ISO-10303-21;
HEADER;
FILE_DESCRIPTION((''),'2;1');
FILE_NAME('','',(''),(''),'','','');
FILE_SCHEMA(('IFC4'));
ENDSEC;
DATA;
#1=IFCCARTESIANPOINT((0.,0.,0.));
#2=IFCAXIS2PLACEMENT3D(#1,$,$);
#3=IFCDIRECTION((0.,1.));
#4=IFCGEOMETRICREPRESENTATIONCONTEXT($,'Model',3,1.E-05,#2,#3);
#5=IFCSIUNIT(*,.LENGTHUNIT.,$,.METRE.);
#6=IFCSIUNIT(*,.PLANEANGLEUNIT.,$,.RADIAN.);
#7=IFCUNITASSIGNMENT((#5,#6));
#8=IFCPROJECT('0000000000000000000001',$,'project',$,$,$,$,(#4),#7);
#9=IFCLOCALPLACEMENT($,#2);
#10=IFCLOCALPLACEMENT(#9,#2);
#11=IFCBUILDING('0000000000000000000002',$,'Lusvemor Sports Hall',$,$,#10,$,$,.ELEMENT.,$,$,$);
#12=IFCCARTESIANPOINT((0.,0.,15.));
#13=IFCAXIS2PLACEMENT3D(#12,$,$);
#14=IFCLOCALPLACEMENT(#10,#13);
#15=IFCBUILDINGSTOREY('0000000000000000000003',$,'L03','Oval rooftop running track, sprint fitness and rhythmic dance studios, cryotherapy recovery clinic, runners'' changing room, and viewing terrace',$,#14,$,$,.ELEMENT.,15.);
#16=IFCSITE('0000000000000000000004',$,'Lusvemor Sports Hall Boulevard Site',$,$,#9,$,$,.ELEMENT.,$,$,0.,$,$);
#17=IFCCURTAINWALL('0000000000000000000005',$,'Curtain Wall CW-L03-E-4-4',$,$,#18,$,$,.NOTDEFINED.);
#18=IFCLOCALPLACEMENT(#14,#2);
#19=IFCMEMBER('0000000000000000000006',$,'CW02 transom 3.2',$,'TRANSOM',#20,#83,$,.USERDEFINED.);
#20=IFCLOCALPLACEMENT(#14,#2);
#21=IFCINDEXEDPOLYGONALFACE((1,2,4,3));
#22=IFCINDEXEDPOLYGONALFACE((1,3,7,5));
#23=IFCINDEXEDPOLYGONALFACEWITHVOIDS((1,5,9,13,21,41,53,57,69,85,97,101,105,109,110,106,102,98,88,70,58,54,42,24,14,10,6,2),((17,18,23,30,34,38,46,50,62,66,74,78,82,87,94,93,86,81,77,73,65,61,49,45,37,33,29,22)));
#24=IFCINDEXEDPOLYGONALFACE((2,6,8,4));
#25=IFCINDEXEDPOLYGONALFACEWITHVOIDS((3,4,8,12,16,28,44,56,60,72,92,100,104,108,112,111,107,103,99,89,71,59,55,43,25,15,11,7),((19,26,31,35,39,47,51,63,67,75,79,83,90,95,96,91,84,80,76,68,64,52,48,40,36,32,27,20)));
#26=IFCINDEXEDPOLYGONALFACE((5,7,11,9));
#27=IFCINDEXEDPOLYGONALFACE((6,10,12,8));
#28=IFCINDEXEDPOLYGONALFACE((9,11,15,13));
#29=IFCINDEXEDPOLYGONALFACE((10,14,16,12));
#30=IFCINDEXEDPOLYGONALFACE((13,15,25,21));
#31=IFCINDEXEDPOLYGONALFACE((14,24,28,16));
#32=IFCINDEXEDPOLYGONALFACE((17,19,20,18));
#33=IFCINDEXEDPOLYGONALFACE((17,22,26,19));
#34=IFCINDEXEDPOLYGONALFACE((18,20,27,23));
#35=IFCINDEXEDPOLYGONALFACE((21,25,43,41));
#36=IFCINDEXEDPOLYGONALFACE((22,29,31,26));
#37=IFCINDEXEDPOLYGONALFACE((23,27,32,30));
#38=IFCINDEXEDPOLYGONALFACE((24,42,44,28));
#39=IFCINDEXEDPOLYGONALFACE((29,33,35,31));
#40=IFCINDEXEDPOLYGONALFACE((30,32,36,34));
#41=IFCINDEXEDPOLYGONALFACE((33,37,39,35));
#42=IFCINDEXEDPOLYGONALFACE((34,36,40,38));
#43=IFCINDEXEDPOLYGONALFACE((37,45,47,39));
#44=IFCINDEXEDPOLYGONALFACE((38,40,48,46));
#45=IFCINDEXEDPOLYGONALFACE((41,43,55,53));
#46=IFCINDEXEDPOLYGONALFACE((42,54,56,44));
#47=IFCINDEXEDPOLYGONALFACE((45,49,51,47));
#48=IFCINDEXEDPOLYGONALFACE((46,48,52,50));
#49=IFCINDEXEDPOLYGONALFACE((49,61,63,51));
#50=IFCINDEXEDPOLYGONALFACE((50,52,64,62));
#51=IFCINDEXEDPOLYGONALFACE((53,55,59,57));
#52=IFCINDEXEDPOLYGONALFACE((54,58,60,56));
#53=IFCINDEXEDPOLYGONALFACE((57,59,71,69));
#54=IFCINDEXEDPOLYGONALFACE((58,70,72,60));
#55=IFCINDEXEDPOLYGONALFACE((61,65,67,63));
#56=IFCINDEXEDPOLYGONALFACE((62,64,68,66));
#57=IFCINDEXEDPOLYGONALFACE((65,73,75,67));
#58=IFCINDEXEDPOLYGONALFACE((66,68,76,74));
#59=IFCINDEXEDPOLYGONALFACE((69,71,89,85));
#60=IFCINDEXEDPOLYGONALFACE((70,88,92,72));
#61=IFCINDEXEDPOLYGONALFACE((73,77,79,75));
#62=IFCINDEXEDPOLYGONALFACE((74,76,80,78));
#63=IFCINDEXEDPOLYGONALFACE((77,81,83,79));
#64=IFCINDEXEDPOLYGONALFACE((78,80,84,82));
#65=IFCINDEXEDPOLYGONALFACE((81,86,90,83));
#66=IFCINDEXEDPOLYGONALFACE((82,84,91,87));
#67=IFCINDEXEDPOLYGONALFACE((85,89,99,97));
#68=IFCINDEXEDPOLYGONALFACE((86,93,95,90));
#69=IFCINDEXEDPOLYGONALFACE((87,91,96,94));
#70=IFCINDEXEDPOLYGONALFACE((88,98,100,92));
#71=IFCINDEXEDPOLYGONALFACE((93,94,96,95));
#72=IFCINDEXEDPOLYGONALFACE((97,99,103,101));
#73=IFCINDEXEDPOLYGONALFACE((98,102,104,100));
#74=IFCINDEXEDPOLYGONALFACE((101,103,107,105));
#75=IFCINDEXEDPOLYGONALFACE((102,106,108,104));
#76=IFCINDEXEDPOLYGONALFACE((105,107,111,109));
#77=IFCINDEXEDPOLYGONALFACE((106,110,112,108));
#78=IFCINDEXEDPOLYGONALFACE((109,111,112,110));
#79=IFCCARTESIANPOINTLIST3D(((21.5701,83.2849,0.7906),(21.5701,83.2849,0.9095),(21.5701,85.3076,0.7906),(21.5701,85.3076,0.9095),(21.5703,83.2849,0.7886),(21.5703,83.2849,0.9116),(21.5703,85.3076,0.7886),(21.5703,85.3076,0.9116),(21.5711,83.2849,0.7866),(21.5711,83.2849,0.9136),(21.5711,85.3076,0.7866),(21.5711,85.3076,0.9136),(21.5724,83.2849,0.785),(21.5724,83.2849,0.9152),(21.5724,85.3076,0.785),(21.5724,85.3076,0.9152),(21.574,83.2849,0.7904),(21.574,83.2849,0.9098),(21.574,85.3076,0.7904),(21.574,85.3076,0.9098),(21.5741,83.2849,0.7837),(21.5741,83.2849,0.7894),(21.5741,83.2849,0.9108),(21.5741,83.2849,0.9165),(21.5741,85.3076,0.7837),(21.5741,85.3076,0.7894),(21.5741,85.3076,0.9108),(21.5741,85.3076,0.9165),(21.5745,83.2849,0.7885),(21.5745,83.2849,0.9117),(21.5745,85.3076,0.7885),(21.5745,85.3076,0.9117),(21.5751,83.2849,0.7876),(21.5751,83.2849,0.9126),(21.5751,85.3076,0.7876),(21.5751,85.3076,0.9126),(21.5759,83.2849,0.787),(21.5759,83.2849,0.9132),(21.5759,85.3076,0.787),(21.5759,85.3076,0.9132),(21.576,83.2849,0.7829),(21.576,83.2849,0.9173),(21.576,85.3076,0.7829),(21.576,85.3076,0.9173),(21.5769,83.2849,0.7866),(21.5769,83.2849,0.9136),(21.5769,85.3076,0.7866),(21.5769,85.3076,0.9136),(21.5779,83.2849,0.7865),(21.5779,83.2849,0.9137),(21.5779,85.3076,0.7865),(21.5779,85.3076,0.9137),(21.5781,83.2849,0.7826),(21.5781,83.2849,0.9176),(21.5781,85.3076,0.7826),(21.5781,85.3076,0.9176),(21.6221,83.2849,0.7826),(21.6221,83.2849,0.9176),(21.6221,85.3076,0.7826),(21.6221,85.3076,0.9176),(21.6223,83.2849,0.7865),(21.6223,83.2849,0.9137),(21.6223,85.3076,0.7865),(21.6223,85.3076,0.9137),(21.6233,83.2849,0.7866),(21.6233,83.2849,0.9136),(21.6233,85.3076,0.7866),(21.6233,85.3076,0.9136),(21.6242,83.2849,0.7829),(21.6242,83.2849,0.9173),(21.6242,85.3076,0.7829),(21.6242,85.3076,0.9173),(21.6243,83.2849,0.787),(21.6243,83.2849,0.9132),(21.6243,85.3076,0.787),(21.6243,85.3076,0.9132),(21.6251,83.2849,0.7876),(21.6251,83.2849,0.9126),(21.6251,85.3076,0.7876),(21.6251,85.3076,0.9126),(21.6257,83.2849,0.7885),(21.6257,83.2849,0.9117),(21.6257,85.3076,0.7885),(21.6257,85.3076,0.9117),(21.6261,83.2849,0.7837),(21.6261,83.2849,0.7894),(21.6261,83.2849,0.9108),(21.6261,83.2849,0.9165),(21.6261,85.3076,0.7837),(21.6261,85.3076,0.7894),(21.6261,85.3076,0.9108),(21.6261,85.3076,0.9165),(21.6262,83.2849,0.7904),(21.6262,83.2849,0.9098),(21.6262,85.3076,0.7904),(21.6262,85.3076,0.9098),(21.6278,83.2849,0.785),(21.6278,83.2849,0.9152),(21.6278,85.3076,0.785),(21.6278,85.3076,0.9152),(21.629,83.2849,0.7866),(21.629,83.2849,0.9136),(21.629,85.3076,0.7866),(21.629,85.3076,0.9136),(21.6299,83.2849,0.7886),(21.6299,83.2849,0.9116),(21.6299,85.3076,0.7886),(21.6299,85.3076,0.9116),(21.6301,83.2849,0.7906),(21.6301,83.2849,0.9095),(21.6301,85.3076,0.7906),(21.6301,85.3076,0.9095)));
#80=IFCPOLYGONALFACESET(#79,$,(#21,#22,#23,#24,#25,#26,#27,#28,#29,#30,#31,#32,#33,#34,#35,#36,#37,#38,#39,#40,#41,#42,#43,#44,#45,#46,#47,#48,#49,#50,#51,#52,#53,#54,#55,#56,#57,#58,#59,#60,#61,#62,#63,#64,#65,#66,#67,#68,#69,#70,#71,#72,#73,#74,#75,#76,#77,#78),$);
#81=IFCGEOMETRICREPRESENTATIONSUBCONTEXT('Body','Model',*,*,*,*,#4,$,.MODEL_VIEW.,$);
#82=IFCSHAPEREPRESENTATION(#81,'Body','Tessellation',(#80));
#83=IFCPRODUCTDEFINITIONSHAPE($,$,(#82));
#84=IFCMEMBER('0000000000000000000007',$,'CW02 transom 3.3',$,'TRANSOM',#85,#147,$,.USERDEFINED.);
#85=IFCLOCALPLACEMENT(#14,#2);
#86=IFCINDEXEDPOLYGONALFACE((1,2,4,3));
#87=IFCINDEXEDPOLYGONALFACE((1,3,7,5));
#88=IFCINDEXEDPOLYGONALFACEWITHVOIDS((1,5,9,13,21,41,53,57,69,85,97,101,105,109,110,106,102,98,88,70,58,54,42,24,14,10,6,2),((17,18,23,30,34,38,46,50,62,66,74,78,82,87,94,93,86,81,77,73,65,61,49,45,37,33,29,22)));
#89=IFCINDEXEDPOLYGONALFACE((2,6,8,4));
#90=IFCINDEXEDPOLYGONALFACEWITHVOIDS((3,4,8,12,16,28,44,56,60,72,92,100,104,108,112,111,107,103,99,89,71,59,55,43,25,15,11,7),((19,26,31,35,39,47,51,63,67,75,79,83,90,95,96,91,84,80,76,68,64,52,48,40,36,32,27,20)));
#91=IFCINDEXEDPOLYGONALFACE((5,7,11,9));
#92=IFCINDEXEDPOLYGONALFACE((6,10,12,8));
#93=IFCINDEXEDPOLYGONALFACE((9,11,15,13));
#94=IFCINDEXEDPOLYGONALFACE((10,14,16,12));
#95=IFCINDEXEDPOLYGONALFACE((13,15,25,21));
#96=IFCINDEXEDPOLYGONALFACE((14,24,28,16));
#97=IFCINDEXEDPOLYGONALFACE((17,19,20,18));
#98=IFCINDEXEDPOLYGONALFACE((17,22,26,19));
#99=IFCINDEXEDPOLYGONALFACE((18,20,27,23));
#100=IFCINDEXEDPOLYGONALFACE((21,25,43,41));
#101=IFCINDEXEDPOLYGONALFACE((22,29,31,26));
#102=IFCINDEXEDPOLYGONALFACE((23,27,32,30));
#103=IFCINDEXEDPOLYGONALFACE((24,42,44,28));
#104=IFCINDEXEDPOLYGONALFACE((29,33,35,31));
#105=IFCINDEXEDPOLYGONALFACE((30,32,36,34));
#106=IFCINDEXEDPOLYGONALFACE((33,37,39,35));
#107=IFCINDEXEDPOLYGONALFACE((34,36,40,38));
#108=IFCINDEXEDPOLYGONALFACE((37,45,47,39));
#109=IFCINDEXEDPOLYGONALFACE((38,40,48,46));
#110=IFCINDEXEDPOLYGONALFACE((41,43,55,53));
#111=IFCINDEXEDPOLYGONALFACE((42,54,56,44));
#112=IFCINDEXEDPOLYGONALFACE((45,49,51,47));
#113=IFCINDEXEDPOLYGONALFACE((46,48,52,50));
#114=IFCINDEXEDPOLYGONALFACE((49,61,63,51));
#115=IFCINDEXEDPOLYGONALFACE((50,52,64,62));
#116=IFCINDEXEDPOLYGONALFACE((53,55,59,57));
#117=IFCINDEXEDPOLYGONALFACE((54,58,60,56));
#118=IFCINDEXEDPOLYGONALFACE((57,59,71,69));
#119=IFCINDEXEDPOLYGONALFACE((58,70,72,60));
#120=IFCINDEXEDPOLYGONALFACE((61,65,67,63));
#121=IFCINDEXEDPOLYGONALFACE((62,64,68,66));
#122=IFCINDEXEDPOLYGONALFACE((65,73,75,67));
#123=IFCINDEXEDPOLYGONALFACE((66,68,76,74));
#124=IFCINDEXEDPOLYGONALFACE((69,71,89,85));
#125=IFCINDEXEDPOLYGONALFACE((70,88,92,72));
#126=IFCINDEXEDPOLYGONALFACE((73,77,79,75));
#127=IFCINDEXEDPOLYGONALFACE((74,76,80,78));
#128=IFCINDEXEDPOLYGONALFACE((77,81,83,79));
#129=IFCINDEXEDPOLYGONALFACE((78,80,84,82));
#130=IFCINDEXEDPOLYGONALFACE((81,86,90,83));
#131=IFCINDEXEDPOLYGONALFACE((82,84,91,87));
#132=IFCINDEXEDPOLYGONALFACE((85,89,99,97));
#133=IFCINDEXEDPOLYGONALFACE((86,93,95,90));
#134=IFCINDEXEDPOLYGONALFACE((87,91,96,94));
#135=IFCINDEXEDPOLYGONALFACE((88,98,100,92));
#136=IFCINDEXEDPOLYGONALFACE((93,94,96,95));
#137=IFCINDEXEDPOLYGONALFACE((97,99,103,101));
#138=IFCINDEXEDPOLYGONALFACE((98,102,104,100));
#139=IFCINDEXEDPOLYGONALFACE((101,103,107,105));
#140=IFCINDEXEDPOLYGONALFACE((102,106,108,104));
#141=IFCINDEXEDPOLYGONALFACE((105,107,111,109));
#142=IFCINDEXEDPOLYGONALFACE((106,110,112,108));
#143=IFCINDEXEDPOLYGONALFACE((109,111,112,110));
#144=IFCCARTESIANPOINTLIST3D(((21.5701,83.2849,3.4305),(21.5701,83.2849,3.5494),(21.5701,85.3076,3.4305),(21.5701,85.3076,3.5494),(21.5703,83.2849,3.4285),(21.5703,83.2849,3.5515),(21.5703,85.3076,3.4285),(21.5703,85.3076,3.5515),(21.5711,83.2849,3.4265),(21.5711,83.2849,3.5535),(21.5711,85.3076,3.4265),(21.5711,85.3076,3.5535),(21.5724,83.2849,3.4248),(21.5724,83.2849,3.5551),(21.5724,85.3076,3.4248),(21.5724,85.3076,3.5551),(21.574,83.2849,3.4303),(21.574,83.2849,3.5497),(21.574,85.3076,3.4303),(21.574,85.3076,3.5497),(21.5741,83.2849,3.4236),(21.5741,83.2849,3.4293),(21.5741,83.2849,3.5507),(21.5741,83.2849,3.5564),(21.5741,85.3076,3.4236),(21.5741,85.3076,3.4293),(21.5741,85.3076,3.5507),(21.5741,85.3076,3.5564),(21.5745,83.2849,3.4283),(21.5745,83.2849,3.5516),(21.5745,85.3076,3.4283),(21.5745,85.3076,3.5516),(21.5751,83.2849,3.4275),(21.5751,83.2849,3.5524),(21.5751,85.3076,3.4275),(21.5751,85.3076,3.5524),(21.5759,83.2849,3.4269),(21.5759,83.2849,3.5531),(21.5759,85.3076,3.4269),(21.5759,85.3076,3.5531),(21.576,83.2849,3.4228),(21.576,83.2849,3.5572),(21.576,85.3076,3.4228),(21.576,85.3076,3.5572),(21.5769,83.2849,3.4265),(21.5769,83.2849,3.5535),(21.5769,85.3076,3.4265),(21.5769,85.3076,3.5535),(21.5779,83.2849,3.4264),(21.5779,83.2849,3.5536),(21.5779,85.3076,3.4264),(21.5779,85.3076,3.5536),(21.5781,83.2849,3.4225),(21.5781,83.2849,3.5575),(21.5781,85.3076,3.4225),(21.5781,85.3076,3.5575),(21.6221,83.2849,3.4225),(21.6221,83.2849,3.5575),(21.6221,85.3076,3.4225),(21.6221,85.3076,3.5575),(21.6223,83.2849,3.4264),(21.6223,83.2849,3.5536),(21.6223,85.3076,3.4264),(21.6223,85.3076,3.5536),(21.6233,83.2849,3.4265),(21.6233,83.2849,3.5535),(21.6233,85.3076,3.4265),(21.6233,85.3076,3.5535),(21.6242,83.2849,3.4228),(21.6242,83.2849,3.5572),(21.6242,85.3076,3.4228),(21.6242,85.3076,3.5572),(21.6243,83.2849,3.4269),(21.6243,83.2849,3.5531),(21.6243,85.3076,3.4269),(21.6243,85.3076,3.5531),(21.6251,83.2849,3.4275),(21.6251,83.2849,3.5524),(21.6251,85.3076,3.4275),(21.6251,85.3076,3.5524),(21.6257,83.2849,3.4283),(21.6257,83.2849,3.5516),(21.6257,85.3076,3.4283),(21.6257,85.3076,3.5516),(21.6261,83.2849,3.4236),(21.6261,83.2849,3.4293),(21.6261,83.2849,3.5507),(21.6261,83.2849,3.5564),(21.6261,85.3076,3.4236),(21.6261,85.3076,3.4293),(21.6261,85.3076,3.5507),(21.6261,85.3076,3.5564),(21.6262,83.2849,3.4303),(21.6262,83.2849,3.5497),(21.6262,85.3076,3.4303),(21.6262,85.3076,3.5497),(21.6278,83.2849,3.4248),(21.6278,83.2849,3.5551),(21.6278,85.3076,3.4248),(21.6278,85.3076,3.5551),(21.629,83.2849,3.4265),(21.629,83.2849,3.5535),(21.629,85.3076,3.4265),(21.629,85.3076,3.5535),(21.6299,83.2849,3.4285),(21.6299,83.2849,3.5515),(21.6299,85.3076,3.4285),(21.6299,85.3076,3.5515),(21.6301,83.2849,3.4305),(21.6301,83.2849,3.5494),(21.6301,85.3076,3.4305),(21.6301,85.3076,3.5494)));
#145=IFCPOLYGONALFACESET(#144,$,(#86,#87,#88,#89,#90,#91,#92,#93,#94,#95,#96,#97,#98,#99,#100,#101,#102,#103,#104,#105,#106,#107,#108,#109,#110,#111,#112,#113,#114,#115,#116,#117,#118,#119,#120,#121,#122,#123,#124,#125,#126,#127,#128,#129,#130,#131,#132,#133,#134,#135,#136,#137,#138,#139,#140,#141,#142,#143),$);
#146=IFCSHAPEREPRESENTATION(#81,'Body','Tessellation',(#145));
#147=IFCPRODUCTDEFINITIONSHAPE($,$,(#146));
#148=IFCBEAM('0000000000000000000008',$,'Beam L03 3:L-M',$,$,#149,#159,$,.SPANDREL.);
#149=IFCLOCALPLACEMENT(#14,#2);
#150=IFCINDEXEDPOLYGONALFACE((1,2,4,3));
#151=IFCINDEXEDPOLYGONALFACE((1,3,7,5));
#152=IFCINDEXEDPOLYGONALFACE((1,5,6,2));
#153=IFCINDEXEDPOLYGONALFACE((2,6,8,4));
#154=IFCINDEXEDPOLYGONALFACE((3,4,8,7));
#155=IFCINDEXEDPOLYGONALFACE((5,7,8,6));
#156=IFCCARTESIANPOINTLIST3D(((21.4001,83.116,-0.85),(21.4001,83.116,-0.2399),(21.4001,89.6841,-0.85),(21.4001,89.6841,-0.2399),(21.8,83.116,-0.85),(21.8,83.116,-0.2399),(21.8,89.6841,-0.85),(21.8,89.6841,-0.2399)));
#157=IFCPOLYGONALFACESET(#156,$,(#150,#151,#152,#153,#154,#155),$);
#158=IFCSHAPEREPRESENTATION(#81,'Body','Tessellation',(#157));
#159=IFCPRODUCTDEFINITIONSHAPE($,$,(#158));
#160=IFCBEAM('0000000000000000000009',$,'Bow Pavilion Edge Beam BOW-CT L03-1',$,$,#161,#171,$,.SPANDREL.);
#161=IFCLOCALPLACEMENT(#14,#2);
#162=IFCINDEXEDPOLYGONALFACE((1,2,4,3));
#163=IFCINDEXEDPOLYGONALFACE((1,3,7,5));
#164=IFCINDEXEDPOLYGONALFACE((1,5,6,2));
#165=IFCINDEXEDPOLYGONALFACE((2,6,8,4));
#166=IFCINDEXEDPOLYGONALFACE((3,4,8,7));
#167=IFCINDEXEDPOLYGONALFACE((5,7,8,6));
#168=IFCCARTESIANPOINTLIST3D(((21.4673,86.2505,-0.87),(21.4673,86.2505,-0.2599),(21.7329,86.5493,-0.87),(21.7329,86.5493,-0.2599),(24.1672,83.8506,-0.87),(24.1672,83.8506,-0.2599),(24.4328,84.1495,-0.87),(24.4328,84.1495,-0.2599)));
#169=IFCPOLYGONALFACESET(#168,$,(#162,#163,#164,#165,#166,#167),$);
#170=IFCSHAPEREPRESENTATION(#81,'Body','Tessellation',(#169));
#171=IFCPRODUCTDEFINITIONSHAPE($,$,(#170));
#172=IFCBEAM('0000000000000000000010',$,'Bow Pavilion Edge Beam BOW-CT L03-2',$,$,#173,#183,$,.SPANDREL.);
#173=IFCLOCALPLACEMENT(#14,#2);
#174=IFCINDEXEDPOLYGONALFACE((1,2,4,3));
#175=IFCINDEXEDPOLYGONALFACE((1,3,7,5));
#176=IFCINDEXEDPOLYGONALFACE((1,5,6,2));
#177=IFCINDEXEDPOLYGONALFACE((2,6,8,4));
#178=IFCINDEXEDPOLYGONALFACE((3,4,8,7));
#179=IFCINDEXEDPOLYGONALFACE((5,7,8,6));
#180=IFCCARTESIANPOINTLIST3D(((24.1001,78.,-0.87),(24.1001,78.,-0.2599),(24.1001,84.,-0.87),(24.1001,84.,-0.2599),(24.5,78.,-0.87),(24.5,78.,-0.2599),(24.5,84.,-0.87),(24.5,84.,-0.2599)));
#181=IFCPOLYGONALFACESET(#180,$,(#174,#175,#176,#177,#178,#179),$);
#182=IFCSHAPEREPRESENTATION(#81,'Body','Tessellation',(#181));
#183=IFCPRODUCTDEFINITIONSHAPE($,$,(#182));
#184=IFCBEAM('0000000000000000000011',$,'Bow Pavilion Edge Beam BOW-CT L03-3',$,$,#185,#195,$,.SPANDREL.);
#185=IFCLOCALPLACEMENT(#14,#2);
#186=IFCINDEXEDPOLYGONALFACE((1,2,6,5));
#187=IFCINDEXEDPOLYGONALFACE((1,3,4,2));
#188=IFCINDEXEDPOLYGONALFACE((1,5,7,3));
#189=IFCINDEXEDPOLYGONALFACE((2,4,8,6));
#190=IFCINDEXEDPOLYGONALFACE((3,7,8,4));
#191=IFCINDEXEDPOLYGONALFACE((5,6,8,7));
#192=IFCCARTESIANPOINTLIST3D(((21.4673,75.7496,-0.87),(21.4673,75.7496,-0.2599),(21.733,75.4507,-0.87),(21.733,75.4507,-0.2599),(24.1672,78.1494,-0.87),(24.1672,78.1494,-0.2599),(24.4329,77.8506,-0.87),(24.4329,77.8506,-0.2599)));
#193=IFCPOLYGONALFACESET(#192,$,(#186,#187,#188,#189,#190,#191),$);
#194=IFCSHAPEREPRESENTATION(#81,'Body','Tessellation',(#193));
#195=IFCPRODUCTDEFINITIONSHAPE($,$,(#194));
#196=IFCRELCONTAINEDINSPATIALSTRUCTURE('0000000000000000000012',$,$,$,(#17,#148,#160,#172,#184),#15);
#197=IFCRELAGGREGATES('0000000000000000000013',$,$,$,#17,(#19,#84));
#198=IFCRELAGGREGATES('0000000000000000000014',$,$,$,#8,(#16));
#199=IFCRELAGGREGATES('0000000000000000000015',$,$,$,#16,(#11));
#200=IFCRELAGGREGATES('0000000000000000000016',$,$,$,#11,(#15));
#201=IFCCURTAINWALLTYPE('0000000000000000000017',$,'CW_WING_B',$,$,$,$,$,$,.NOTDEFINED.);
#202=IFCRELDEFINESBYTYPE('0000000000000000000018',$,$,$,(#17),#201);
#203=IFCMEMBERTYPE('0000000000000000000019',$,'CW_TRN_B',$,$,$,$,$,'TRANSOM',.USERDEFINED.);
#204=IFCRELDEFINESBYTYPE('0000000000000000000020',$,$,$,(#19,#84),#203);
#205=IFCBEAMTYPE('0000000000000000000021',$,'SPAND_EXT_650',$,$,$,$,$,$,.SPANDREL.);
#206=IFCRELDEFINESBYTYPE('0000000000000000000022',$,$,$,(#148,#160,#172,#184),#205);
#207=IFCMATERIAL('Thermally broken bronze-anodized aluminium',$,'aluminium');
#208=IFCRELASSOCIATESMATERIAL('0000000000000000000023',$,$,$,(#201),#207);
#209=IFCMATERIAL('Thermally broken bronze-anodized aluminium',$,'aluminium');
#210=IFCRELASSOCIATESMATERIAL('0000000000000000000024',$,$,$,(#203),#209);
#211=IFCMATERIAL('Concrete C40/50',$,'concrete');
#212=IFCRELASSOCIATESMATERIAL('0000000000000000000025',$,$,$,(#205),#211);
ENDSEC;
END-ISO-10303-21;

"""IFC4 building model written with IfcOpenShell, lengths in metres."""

from ifc_helpers import new_model, si_unit, direction, frame, origin, origin_2d, place, context, subcontext, project, spatial, rectangle, hollow_rectangle, extrude, material, material_profile, profile_set, type_object, element, aggregate, save


model = new_model("IFC4")

# Units and contexts
model_context = context("Model", 3, precision=1e-05, world=origin(), true_north=direction((0.0, 1.0)))
body_context = subcontext(model_context, "Body", "Model", "MODEL_VIEW")
ifc_project = project(units=[si_unit("LENGTHUNIT", "METRE"), si_unit("PLANEANGLEUNIT", "RADIAN")], contexts=[model_context])

# Site, building, storey
site_placement = place(None, origin())
site = spatial("IfcSite", under=ifc_project, at=site_placement, Name="Lusvemor Sports Hall Boulevard Site", CompositionType="ELEMENT", RefElevation=0.0)
building_placement = place(site_placement, origin())
building = spatial("IfcBuilding", under=site, at=building_placement, Name="Lusvemor Sports Hall", CompositionType="ELEMENT")
storey_placement = place(building_placement, frame((0.0, 0.0, 15.0)))
storey = spatial("IfcBuildingStorey", under=building, at=storey_placement, Name="L03", Description="Oval rooftop running track, sprint fitness and rhythmic dance studios, cryotherapy recovery clinic, runners' changing room, and viewing terrace", CompositionType="ELEMENT", Elevation=15.0)

# Shared definitions
ifc_material_1 = material(Name="Thermally broken bronze-anodized aluminium", Category="aluminium")
curtain_wall_type = type_object("IfcCurtainWallType", Name="CW_WING_B", PredefinedType="NOTDEFINED", material=ifc_material_1)

# Curtain wall
curtain_wall_1_placement = place(storey_placement, origin())
curtain_wall_1 = element("IfcCurtainWall", 1, at=curtain_wall_1_placement, inside=storey, type_object=curtain_wall_type, Name="Curtain Wall CW-L03-E-4-4", PredefinedType="NOTDEFINED")

# Members
ifc_material_2 = material(Name="Thermally broken bronze-anodized aluminium", Category="aluminium")
ifc_material_profile_1 = material_profile(ifc_material_2, hollow_rectangle(XDim=0.0601, YDim=0.135, WallThickness=0.0039, InnerFilletRadius=0.0039, OuterFilletRadius=0.0081, at=origin_2d()), Name="CWTRN135x60x4")
ifc_profile_set_1 = profile_set([ifc_material_profile_1], Name="Thermally broken bronze-anodized aluminium")
member_type_1 = type_object("IfcMemberType", Name="CW_TRN_B", ElementType="TRANSOM", PredefinedType="USERDEFINED", material=ifc_profile_set_1)
member_1_placement = place(storey_placement, frame((21.6001, 85.3076, 0.8501), z_axis=(0.0, -1.0, 0.0), x_axis=(1.0, 0.0, 0.0)))
member_1 = element("IfcMember", 2, at=member_1_placement, type_object=member_type_1, Name="CW02 transom 3.2", ObjectType="TRANSOM", PredefinedType="USERDEFINED", context=body_context, shape_type="SweptSolid", body=[
    extrude(hollow_rectangle(XDim=0.0601, YDim=0.135, WallThickness=0.0039, InnerFilletRadius=0.0039, OuterFilletRadius=0.0081, at=origin_2d()), origin(), (0.0, 0.0, 1.0), 2.0227),
])
member_2_placement = place(storey_placement, frame((21.6001, 85.3076, 3.49), z_axis=(0.0, -1.0, 0.0), x_axis=(1.0, 0.0, 0.0)))
member_2 = element("IfcMember", 3, at=member_2_placement, type_object=member_type_1, Name="CW02 transom 3.3", ObjectType="TRANSOM", PredefinedType="USERDEFINED", context=body_context, shape_type="SweptSolid", body=[
    extrude(hollow_rectangle(XDim=0.0601, YDim=0.135, WallThickness=0.0039, InnerFilletRadius=0.0039, OuterFilletRadius=0.0081, at=origin_2d()), origin(), (0.0, 0.0, 1.0), 2.0227),
])

# Beams
ifc_material_3 = material(Name="Concrete C40/50", Category="concrete")
ifc_material_profile_2 = material_profile(ifc_material_3, rectangle(XDim=0.3999, YDim=0.6101, at=origin_2d()), Name="RC400x610")
ifc_profile_set_2 = profile_set([ifc_material_profile_2], Name="Concrete C40/50")
beam_type = type_object("IfcBeamType", Name="SPAND_EXT_650", PredefinedType="SPANDREL", material=ifc_profile_set_2)
beam_1_placement = place(storey_placement, frame((21.6001, 83.116, -0.5449), z_axis=(0.0, 1.0, 0.0), x_axis=(-1.0, 0.0, 0.0)))
element("IfcBeam", 4, at=beam_1_placement, inside=storey, type_object=beam_type, Name="Beam L03 3:L-M", PredefinedType="SPANDREL", context=body_context, shape_type="SweptSolid", body=[
    extrude(rectangle(XDim=0.3999, YDim=0.6101, at=origin_2d()), origin(), (0.0, 0.0, 1.0), 6.5681),
])
beam_2_placement = place(storey_placement, frame((21.6001, 86.3999, -0.5649), z_axis=(0.747417, -0.664355, 0.0), x_axis=(0.664355, 0.747417, 0.0)))
element("IfcBeam", 5, at=beam_2_placement, inside=storey, type_object=beam_type, Name="Bow Pavilion Edge Beam BOW-CT L03-1", PredefinedType="SPANDREL", context=body_context, shape_type="SweptSolid", body=[
    extrude(rectangle(XDim=0.3999, YDim=0.6101, at=origin_2d()), origin(), (0.0, 0.0, 1.0), 3.6123),
])
beam_3_placement = place(storey_placement, frame((24.3, 84.0, -0.5649), z_axis=(0.0, -1.0, 0.0), x_axis=(1.0, 0.0, 0.0)))
element("IfcBeam", 6, at=beam_3_placement, inside=storey, type_object=beam_type, Name="Bow Pavilion Edge Beam BOW-CT L03-2", PredefinedType="SPANDREL", context=body_context, shape_type="SweptSolid", body=[
    extrude(rectangle(XDim=0.3999, YDim=0.6101, at=origin_2d()), origin(), (0.0, 0.0, 1.0), 6.0),
])
beam_4_placement = place(storey_placement, frame((24.3, 78.0, -0.5649), z_axis=(-0.747417, -0.664355, 0.0), x_axis=(0.664355, -0.747417, 0.0)))
element("IfcBeam", 7, at=beam_4_placement, inside=storey, type_object=beam_type, Name="Bow Pavilion Edge Beam BOW-CT L03-3", PredefinedType="SPANDREL", context=body_context, shape_type="SweptSolid", body=[
    extrude(rectangle(XDim=0.3999, YDim=0.6101, at=origin_2d()), origin(), (0.0, 0.0, 1.0), 3.6123),
])

aggregate(curtain_wall_1, [member_1, member_2])

save(model, "model.ifc")
